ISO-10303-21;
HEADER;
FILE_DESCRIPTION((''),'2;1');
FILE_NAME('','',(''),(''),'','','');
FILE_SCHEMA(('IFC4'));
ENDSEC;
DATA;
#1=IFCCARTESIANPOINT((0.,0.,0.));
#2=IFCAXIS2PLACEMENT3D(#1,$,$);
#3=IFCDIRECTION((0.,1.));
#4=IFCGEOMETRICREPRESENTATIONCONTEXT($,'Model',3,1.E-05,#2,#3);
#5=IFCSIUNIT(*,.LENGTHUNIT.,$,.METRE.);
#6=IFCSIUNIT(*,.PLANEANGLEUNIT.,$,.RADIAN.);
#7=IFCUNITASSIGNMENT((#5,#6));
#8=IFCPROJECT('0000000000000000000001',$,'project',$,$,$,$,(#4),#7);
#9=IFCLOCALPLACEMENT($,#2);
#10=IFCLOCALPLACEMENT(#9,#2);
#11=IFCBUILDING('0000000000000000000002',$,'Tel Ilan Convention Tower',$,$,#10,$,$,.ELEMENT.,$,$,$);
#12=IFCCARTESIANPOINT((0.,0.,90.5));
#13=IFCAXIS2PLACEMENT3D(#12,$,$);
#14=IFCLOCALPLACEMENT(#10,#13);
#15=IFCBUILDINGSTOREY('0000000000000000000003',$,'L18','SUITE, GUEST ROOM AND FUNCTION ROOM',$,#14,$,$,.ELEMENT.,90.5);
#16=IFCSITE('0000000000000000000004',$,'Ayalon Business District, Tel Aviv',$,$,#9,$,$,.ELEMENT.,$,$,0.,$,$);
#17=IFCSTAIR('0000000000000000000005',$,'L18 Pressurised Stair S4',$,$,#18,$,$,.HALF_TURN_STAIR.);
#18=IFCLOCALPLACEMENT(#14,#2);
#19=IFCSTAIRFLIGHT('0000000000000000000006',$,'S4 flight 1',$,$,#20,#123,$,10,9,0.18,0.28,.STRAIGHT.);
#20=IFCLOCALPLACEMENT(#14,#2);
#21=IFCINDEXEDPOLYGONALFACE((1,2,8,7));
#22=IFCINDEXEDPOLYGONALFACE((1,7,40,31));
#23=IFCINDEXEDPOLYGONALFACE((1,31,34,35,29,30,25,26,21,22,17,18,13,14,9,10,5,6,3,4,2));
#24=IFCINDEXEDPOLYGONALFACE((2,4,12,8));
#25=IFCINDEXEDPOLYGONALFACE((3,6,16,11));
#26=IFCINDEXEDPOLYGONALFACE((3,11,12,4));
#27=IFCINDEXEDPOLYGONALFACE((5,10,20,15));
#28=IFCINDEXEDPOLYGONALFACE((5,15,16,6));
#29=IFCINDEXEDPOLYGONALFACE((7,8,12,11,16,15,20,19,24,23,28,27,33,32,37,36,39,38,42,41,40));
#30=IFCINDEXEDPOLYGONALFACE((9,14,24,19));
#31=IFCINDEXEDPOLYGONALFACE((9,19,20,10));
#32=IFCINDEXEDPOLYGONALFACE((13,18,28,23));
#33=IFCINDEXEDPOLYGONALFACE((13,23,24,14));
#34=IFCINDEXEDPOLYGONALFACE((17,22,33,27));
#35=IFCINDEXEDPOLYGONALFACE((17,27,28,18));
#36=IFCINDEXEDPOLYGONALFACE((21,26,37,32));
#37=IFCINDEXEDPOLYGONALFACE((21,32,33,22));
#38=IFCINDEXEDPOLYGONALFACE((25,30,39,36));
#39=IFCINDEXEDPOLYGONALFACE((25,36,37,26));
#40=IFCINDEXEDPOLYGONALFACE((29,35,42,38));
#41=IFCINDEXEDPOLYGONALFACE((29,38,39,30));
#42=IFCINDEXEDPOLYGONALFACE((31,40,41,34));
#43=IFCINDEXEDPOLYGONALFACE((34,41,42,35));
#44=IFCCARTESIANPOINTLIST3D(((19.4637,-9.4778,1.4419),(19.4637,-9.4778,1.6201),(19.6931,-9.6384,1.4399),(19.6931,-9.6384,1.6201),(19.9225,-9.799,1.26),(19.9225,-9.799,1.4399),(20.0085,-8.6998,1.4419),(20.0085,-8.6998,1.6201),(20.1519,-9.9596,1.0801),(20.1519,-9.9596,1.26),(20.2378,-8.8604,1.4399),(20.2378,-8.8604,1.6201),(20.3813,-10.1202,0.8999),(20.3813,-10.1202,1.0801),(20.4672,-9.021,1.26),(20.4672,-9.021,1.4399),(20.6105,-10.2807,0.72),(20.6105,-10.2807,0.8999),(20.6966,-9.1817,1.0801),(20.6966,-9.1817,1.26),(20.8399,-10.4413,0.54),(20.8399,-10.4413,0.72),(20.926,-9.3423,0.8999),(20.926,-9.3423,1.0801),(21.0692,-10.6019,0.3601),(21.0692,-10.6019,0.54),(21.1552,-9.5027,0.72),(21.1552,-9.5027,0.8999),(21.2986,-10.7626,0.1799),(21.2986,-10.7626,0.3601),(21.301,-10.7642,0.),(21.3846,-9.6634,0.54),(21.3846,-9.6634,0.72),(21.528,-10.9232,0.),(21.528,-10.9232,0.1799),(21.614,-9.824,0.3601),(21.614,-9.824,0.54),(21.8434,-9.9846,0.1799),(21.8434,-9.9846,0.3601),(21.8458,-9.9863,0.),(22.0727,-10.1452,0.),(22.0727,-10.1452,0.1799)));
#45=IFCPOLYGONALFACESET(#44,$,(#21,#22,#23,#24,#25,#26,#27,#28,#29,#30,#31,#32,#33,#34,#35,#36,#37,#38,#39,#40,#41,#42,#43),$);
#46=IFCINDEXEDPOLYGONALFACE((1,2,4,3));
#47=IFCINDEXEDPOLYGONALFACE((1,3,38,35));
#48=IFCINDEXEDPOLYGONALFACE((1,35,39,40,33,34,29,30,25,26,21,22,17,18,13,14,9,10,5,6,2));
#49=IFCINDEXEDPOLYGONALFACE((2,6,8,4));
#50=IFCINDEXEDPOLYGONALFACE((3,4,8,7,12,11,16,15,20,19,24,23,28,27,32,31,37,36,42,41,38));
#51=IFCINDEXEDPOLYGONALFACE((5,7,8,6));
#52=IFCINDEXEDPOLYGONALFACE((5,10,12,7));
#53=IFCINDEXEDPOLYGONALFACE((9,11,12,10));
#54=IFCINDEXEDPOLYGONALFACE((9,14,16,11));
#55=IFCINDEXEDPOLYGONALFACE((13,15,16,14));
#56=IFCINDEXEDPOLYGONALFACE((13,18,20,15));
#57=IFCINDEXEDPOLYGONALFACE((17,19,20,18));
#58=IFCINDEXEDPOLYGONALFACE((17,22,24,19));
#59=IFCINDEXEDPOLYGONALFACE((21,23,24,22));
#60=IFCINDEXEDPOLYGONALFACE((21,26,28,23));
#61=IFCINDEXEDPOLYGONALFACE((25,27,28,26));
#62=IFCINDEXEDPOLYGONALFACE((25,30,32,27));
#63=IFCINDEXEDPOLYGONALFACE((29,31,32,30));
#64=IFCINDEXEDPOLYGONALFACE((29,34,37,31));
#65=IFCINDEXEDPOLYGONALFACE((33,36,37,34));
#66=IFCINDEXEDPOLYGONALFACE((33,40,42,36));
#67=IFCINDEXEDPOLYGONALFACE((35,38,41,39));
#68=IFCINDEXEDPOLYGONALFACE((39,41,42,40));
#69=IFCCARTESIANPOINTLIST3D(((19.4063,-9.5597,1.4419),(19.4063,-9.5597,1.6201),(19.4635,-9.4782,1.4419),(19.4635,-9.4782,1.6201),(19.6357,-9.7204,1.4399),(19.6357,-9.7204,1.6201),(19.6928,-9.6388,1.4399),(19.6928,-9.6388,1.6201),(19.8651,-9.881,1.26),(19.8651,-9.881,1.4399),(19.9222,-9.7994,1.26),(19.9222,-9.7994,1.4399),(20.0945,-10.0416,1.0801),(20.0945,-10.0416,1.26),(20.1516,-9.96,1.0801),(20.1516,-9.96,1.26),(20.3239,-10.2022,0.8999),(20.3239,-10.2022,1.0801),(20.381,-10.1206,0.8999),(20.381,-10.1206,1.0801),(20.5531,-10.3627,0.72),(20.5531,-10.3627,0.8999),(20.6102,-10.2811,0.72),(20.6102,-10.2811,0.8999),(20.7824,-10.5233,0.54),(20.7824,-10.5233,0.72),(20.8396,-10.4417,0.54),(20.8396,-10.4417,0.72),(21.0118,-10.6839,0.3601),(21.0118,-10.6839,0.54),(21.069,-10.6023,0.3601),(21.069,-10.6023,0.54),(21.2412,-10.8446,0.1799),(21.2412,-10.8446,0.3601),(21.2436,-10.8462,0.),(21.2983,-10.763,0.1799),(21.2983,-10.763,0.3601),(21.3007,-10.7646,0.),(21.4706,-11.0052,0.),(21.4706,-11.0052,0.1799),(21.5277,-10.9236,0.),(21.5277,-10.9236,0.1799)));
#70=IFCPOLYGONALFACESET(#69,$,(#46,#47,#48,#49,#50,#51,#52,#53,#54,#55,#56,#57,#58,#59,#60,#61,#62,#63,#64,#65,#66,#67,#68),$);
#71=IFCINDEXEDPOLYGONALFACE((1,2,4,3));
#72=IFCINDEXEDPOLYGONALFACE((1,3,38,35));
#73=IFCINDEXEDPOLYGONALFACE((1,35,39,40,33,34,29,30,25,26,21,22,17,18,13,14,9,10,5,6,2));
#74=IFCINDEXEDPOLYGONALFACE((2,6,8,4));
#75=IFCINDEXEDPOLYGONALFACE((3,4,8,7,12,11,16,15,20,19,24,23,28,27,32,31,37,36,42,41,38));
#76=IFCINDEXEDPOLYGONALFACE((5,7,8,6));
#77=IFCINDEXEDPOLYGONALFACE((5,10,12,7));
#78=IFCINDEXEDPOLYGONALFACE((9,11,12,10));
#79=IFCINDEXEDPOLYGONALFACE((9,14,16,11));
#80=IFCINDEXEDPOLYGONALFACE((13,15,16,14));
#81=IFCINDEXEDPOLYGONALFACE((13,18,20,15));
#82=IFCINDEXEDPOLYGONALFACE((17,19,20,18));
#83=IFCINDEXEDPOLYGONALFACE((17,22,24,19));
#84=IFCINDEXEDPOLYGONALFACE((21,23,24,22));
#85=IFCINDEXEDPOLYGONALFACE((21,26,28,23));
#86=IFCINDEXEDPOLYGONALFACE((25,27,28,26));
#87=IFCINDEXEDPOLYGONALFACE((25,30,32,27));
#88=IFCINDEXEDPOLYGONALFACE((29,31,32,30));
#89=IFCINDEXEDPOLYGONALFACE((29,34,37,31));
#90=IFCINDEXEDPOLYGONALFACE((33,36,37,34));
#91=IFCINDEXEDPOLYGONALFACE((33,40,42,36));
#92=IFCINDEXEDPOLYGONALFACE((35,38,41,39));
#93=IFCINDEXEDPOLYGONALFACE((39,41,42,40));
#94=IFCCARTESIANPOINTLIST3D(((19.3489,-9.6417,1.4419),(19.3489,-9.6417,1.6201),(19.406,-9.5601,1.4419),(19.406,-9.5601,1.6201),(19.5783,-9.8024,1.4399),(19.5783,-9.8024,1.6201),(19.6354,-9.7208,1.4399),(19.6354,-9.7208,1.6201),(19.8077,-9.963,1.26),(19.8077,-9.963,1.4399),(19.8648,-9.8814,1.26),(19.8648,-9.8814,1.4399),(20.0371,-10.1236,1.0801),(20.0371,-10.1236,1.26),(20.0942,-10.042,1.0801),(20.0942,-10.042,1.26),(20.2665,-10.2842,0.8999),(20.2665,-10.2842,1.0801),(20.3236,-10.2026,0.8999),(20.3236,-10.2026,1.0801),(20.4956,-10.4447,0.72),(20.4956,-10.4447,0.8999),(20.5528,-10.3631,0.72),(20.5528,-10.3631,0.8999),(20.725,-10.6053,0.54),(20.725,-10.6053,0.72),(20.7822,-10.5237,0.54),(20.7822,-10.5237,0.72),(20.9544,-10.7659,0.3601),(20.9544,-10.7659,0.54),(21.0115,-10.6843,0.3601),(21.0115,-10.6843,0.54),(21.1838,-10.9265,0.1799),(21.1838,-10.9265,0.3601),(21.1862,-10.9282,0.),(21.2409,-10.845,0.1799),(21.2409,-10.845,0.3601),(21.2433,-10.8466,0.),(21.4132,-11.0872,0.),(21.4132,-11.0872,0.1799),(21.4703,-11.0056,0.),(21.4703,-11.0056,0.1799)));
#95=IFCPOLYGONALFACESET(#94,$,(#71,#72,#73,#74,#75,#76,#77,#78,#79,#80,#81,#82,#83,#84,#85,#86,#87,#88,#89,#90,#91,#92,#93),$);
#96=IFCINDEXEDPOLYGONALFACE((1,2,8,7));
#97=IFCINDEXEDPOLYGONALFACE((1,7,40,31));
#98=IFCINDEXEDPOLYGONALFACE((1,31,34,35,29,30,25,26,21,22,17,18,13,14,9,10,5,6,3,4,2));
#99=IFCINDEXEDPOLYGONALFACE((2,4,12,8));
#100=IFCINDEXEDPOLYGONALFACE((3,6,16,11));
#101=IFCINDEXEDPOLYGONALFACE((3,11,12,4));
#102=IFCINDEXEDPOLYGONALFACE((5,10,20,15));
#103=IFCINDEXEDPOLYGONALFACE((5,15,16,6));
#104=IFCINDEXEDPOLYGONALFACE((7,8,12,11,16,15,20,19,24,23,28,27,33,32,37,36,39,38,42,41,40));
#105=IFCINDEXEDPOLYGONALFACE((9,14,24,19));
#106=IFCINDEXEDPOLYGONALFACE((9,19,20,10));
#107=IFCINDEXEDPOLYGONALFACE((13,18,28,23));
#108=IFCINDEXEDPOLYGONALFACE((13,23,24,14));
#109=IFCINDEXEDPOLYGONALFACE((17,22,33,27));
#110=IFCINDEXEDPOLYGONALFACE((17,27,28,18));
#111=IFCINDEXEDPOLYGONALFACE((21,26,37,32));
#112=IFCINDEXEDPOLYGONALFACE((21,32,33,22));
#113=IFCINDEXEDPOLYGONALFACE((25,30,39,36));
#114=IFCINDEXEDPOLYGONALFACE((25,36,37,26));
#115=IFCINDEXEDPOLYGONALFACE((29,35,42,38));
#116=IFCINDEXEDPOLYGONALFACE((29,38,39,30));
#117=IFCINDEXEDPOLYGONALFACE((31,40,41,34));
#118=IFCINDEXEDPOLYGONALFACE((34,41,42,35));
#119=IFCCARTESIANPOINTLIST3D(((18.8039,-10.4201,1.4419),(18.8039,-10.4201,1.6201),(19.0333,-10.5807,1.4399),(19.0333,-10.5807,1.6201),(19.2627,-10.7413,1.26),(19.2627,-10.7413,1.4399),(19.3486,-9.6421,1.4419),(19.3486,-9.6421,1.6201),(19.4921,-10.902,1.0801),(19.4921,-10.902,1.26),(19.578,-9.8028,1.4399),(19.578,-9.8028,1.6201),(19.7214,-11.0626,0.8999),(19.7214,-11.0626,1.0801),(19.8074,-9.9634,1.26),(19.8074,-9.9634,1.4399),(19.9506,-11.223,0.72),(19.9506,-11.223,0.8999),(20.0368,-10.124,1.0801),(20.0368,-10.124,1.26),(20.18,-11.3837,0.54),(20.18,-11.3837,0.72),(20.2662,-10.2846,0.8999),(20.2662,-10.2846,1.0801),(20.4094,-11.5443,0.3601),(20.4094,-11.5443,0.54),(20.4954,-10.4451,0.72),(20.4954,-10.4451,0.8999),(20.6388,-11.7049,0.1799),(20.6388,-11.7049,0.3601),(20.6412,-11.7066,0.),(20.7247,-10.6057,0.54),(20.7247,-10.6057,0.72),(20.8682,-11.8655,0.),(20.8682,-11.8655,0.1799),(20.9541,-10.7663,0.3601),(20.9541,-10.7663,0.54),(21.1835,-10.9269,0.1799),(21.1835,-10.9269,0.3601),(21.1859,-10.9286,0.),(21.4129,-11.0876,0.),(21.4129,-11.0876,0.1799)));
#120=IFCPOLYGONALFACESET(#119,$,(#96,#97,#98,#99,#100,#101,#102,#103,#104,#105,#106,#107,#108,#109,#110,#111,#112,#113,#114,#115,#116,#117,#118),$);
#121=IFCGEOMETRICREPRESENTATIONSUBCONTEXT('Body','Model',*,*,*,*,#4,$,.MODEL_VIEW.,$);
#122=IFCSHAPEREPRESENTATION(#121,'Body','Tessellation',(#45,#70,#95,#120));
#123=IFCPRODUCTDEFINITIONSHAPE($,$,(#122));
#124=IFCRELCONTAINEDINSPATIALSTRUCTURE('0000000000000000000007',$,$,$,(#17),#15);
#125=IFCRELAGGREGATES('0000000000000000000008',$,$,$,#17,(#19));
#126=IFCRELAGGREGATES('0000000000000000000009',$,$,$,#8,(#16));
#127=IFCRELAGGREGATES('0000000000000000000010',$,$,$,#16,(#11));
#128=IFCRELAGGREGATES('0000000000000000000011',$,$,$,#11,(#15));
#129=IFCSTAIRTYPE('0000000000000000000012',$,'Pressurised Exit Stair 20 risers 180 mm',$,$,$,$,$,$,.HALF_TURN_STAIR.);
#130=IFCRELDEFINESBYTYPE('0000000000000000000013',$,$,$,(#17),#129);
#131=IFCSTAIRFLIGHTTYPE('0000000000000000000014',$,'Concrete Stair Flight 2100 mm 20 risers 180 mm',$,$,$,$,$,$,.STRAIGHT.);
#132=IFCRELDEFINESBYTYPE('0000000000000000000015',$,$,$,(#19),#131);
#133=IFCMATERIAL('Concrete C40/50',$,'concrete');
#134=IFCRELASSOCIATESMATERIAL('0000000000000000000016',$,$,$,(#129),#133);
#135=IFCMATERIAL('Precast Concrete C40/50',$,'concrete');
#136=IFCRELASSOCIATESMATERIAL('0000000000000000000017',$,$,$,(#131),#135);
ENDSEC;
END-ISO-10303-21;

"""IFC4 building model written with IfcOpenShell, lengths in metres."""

from ifc_helpers import new_model, si_unit, direction, frame, origin, place, context, subcontext, project, spatial, polyline, outline, extrude, material, type_object, element, aggregate, save


model = new_model("IFC4")

# Units and contexts
model_context = context("Model", 3, precision=1e-05, world=origin(), true_north=direction((0.0, 1.0)))
body_context = subcontext(model_context, "Body", "Model", "MODEL_VIEW")
ifc_project = project(units=[si_unit("LENGTHUNIT", "METRE"), si_unit("PLANEANGLEUNIT", "RADIAN")], contexts=[model_context])

# Site, building, storey
site_placement = place(None, origin())
site = spatial("IfcSite", under=ifc_project, at=site_placement, Name="Ayalon Business District, Tel Aviv", CompositionType="ELEMENT", RefElevation=0.0)
building_placement = place(site_placement, origin())
building = spatial("IfcBuilding", under=site, at=building_placement, Name="Tel Ilan Convention Tower", CompositionType="ELEMENT")
storey_placement = place(building_placement, frame((0.0, 0.0, 90.5)))
storey = spatial("IfcBuildingStorey", under=building, at=storey_placement, Name="L18", Description="SUITE, GUEST ROOM AND FUNCTION ROOM", CompositionType="ELEMENT", Elevation=90.5)

# Shared definitions
ifc_material_1 = material(Name="Concrete C40/50", Category="concrete")
stair_type = type_object("IfcStairType", Name="Pressurised Exit Stair 20 risers 180 mm", PredefinedType="HALF_TURN_STAIR", material=ifc_material_1)
ifc_material_2 = material(Name="Precast Concrete C40/50", Category="concrete")
stair_flight_type = type_object("IfcStairFlightType", Name="Concrete Stair Flight 2100 mm 20 risers 180 mm", PredefinedType="STRAIGHT", material=ifc_material_2)

# Stair, stair flight
stair_1_placement = place(storey_placement, origin())
stair_1 = element("IfcStair", 1, at=stair_1_placement, inside=storey, type_object=stair_type, Name="L18 Pressurised Stair S4", PredefinedType="HALF_TURN_STAIR")
stair_flight_1_placement = place(storey_placement, frame((21.4705, -11.0054, 0.0), z_axis=(0.0, 0.0, 1.0), x_axis=(-0.819152, 0.573576, 0.0)))
stair_flight_1 = element("IfcStairFlight", 2, at=stair_flight_1_placement, type_object=stair_flight_type, Name="S4 flight 1", NumberOfRisers=10, NumberOfTreads=9, PredefinedType="STRAIGHT", RiserHeight=0.18, TreadLength=0.28, context=body_context, shape_type="SweptSolid", body=[
    extrude(outline(polyline([(0.0, 0.0), (0.0, 0.1799), (0.28, 0.1799), (0.28, 0.3601), (0.5601, 0.3601), (0.5601, 0.54), (0.8401, 0.54), (0.8401, 0.72), (1.1201, 0.72), (1.1201, 0.8999), (1.3999, 0.8999), (1.3999, 1.0801), (1.6799, 1.0801), (1.6799, 1.26), (1.96, 1.26), (1.96, 1.4399), (2.24, 1.4399), (2.24, 1.6201), (2.52, 1.6201), (2.52, 1.8), (2.52, 1.4419), (0.2771, 0.0), (0.0, 0.0)])), frame((0.0, -0.1003, 0.0), z_axis=(0.0, -1.0, 0.0), x_axis=(1.0, 0.0, 0.0)), (0.0, 0.0, 1.0), 0.9497),
    extrude(outline(polyline([(0.0, 0.0), (0.0, 0.1799), (0.28, 0.1799), (0.28, 0.3601), (0.5601, 0.3601), (0.5601, 0.54), (0.8401, 0.54), (0.8401, 0.72), (1.1201, 0.72), (1.1201, 0.8999), (1.3999, 0.8999), (1.3999, 1.0801), (1.6799, 1.0801), (1.6799, 1.26), (1.96, 1.26), (1.96, 1.4399), (2.24, 1.4399), (2.24, 1.6201), (2.52, 1.6201), (2.52, 1.8), (2.52, 1.4419), (0.2771, 0.0), (0.0, 0.0)])), frame((0.0, -0.0002, 0.0), z_axis=(0.0, -1.0, 0.0), x_axis=(1.0, 0.0, 0.0)), (0.0, 0.0, 1.0), 0.0996),
    extrude(outline(polyline([(0.0, 0.0), (0.0, 0.1799), (0.28, 0.1799), (0.28, 0.3601), (0.5601, 0.3601), (0.5601, 0.54), (0.8401, 0.54), (0.8401, 0.72), (1.1201, 0.72), (1.1201, 0.8999), (1.3999, 0.8999), (1.3999, 1.0801), (1.6799, 1.0801), (1.6799, 1.26), (1.96, 1.26), (1.96, 1.4399), (2.24, 1.4399), (2.24, 1.6201), (2.52, 1.6201), (2.52, 1.8), (2.52, 1.4419), (0.2771, 0.0), (0.0, 0.0)])), frame((0.0, 0.0999, 0.0), z_axis=(0.0, -1.0, 0.0), x_axis=(1.0, 0.0, 0.0)), (0.0, 0.0, 1.0), 0.0996),
    extrude(outline(polyline([(0.0, 0.0), (0.0, 0.1799), (0.28, 0.1799), (0.28, 0.3601), (0.5601, 0.3601), (0.5601, 0.54), (0.8401, 0.54), (0.8401, 0.72), (1.1201, 0.72), (1.1201, 0.8999), (1.3999, 0.8999), (1.3999, 1.0801), (1.6799, 1.0801), (1.6799, 1.26), (1.96, 1.26), (1.96, 1.4399), (2.24, 1.4399), (2.24, 1.6201), (2.52, 1.6201), (2.52, 1.8), (2.52, 1.4419), (0.2771, 0.0), (0.0, 0.0)])), frame((0.0, 1.05, 0.0), z_axis=(0.0, -1.0, 0.0), x_axis=(1.0, 0.0, 0.0)), (0.0, 0.0, 1.0), 0.9497),
])
aggregate(stair_1, [stair_flight_1])

save(model, "model.ifc")
